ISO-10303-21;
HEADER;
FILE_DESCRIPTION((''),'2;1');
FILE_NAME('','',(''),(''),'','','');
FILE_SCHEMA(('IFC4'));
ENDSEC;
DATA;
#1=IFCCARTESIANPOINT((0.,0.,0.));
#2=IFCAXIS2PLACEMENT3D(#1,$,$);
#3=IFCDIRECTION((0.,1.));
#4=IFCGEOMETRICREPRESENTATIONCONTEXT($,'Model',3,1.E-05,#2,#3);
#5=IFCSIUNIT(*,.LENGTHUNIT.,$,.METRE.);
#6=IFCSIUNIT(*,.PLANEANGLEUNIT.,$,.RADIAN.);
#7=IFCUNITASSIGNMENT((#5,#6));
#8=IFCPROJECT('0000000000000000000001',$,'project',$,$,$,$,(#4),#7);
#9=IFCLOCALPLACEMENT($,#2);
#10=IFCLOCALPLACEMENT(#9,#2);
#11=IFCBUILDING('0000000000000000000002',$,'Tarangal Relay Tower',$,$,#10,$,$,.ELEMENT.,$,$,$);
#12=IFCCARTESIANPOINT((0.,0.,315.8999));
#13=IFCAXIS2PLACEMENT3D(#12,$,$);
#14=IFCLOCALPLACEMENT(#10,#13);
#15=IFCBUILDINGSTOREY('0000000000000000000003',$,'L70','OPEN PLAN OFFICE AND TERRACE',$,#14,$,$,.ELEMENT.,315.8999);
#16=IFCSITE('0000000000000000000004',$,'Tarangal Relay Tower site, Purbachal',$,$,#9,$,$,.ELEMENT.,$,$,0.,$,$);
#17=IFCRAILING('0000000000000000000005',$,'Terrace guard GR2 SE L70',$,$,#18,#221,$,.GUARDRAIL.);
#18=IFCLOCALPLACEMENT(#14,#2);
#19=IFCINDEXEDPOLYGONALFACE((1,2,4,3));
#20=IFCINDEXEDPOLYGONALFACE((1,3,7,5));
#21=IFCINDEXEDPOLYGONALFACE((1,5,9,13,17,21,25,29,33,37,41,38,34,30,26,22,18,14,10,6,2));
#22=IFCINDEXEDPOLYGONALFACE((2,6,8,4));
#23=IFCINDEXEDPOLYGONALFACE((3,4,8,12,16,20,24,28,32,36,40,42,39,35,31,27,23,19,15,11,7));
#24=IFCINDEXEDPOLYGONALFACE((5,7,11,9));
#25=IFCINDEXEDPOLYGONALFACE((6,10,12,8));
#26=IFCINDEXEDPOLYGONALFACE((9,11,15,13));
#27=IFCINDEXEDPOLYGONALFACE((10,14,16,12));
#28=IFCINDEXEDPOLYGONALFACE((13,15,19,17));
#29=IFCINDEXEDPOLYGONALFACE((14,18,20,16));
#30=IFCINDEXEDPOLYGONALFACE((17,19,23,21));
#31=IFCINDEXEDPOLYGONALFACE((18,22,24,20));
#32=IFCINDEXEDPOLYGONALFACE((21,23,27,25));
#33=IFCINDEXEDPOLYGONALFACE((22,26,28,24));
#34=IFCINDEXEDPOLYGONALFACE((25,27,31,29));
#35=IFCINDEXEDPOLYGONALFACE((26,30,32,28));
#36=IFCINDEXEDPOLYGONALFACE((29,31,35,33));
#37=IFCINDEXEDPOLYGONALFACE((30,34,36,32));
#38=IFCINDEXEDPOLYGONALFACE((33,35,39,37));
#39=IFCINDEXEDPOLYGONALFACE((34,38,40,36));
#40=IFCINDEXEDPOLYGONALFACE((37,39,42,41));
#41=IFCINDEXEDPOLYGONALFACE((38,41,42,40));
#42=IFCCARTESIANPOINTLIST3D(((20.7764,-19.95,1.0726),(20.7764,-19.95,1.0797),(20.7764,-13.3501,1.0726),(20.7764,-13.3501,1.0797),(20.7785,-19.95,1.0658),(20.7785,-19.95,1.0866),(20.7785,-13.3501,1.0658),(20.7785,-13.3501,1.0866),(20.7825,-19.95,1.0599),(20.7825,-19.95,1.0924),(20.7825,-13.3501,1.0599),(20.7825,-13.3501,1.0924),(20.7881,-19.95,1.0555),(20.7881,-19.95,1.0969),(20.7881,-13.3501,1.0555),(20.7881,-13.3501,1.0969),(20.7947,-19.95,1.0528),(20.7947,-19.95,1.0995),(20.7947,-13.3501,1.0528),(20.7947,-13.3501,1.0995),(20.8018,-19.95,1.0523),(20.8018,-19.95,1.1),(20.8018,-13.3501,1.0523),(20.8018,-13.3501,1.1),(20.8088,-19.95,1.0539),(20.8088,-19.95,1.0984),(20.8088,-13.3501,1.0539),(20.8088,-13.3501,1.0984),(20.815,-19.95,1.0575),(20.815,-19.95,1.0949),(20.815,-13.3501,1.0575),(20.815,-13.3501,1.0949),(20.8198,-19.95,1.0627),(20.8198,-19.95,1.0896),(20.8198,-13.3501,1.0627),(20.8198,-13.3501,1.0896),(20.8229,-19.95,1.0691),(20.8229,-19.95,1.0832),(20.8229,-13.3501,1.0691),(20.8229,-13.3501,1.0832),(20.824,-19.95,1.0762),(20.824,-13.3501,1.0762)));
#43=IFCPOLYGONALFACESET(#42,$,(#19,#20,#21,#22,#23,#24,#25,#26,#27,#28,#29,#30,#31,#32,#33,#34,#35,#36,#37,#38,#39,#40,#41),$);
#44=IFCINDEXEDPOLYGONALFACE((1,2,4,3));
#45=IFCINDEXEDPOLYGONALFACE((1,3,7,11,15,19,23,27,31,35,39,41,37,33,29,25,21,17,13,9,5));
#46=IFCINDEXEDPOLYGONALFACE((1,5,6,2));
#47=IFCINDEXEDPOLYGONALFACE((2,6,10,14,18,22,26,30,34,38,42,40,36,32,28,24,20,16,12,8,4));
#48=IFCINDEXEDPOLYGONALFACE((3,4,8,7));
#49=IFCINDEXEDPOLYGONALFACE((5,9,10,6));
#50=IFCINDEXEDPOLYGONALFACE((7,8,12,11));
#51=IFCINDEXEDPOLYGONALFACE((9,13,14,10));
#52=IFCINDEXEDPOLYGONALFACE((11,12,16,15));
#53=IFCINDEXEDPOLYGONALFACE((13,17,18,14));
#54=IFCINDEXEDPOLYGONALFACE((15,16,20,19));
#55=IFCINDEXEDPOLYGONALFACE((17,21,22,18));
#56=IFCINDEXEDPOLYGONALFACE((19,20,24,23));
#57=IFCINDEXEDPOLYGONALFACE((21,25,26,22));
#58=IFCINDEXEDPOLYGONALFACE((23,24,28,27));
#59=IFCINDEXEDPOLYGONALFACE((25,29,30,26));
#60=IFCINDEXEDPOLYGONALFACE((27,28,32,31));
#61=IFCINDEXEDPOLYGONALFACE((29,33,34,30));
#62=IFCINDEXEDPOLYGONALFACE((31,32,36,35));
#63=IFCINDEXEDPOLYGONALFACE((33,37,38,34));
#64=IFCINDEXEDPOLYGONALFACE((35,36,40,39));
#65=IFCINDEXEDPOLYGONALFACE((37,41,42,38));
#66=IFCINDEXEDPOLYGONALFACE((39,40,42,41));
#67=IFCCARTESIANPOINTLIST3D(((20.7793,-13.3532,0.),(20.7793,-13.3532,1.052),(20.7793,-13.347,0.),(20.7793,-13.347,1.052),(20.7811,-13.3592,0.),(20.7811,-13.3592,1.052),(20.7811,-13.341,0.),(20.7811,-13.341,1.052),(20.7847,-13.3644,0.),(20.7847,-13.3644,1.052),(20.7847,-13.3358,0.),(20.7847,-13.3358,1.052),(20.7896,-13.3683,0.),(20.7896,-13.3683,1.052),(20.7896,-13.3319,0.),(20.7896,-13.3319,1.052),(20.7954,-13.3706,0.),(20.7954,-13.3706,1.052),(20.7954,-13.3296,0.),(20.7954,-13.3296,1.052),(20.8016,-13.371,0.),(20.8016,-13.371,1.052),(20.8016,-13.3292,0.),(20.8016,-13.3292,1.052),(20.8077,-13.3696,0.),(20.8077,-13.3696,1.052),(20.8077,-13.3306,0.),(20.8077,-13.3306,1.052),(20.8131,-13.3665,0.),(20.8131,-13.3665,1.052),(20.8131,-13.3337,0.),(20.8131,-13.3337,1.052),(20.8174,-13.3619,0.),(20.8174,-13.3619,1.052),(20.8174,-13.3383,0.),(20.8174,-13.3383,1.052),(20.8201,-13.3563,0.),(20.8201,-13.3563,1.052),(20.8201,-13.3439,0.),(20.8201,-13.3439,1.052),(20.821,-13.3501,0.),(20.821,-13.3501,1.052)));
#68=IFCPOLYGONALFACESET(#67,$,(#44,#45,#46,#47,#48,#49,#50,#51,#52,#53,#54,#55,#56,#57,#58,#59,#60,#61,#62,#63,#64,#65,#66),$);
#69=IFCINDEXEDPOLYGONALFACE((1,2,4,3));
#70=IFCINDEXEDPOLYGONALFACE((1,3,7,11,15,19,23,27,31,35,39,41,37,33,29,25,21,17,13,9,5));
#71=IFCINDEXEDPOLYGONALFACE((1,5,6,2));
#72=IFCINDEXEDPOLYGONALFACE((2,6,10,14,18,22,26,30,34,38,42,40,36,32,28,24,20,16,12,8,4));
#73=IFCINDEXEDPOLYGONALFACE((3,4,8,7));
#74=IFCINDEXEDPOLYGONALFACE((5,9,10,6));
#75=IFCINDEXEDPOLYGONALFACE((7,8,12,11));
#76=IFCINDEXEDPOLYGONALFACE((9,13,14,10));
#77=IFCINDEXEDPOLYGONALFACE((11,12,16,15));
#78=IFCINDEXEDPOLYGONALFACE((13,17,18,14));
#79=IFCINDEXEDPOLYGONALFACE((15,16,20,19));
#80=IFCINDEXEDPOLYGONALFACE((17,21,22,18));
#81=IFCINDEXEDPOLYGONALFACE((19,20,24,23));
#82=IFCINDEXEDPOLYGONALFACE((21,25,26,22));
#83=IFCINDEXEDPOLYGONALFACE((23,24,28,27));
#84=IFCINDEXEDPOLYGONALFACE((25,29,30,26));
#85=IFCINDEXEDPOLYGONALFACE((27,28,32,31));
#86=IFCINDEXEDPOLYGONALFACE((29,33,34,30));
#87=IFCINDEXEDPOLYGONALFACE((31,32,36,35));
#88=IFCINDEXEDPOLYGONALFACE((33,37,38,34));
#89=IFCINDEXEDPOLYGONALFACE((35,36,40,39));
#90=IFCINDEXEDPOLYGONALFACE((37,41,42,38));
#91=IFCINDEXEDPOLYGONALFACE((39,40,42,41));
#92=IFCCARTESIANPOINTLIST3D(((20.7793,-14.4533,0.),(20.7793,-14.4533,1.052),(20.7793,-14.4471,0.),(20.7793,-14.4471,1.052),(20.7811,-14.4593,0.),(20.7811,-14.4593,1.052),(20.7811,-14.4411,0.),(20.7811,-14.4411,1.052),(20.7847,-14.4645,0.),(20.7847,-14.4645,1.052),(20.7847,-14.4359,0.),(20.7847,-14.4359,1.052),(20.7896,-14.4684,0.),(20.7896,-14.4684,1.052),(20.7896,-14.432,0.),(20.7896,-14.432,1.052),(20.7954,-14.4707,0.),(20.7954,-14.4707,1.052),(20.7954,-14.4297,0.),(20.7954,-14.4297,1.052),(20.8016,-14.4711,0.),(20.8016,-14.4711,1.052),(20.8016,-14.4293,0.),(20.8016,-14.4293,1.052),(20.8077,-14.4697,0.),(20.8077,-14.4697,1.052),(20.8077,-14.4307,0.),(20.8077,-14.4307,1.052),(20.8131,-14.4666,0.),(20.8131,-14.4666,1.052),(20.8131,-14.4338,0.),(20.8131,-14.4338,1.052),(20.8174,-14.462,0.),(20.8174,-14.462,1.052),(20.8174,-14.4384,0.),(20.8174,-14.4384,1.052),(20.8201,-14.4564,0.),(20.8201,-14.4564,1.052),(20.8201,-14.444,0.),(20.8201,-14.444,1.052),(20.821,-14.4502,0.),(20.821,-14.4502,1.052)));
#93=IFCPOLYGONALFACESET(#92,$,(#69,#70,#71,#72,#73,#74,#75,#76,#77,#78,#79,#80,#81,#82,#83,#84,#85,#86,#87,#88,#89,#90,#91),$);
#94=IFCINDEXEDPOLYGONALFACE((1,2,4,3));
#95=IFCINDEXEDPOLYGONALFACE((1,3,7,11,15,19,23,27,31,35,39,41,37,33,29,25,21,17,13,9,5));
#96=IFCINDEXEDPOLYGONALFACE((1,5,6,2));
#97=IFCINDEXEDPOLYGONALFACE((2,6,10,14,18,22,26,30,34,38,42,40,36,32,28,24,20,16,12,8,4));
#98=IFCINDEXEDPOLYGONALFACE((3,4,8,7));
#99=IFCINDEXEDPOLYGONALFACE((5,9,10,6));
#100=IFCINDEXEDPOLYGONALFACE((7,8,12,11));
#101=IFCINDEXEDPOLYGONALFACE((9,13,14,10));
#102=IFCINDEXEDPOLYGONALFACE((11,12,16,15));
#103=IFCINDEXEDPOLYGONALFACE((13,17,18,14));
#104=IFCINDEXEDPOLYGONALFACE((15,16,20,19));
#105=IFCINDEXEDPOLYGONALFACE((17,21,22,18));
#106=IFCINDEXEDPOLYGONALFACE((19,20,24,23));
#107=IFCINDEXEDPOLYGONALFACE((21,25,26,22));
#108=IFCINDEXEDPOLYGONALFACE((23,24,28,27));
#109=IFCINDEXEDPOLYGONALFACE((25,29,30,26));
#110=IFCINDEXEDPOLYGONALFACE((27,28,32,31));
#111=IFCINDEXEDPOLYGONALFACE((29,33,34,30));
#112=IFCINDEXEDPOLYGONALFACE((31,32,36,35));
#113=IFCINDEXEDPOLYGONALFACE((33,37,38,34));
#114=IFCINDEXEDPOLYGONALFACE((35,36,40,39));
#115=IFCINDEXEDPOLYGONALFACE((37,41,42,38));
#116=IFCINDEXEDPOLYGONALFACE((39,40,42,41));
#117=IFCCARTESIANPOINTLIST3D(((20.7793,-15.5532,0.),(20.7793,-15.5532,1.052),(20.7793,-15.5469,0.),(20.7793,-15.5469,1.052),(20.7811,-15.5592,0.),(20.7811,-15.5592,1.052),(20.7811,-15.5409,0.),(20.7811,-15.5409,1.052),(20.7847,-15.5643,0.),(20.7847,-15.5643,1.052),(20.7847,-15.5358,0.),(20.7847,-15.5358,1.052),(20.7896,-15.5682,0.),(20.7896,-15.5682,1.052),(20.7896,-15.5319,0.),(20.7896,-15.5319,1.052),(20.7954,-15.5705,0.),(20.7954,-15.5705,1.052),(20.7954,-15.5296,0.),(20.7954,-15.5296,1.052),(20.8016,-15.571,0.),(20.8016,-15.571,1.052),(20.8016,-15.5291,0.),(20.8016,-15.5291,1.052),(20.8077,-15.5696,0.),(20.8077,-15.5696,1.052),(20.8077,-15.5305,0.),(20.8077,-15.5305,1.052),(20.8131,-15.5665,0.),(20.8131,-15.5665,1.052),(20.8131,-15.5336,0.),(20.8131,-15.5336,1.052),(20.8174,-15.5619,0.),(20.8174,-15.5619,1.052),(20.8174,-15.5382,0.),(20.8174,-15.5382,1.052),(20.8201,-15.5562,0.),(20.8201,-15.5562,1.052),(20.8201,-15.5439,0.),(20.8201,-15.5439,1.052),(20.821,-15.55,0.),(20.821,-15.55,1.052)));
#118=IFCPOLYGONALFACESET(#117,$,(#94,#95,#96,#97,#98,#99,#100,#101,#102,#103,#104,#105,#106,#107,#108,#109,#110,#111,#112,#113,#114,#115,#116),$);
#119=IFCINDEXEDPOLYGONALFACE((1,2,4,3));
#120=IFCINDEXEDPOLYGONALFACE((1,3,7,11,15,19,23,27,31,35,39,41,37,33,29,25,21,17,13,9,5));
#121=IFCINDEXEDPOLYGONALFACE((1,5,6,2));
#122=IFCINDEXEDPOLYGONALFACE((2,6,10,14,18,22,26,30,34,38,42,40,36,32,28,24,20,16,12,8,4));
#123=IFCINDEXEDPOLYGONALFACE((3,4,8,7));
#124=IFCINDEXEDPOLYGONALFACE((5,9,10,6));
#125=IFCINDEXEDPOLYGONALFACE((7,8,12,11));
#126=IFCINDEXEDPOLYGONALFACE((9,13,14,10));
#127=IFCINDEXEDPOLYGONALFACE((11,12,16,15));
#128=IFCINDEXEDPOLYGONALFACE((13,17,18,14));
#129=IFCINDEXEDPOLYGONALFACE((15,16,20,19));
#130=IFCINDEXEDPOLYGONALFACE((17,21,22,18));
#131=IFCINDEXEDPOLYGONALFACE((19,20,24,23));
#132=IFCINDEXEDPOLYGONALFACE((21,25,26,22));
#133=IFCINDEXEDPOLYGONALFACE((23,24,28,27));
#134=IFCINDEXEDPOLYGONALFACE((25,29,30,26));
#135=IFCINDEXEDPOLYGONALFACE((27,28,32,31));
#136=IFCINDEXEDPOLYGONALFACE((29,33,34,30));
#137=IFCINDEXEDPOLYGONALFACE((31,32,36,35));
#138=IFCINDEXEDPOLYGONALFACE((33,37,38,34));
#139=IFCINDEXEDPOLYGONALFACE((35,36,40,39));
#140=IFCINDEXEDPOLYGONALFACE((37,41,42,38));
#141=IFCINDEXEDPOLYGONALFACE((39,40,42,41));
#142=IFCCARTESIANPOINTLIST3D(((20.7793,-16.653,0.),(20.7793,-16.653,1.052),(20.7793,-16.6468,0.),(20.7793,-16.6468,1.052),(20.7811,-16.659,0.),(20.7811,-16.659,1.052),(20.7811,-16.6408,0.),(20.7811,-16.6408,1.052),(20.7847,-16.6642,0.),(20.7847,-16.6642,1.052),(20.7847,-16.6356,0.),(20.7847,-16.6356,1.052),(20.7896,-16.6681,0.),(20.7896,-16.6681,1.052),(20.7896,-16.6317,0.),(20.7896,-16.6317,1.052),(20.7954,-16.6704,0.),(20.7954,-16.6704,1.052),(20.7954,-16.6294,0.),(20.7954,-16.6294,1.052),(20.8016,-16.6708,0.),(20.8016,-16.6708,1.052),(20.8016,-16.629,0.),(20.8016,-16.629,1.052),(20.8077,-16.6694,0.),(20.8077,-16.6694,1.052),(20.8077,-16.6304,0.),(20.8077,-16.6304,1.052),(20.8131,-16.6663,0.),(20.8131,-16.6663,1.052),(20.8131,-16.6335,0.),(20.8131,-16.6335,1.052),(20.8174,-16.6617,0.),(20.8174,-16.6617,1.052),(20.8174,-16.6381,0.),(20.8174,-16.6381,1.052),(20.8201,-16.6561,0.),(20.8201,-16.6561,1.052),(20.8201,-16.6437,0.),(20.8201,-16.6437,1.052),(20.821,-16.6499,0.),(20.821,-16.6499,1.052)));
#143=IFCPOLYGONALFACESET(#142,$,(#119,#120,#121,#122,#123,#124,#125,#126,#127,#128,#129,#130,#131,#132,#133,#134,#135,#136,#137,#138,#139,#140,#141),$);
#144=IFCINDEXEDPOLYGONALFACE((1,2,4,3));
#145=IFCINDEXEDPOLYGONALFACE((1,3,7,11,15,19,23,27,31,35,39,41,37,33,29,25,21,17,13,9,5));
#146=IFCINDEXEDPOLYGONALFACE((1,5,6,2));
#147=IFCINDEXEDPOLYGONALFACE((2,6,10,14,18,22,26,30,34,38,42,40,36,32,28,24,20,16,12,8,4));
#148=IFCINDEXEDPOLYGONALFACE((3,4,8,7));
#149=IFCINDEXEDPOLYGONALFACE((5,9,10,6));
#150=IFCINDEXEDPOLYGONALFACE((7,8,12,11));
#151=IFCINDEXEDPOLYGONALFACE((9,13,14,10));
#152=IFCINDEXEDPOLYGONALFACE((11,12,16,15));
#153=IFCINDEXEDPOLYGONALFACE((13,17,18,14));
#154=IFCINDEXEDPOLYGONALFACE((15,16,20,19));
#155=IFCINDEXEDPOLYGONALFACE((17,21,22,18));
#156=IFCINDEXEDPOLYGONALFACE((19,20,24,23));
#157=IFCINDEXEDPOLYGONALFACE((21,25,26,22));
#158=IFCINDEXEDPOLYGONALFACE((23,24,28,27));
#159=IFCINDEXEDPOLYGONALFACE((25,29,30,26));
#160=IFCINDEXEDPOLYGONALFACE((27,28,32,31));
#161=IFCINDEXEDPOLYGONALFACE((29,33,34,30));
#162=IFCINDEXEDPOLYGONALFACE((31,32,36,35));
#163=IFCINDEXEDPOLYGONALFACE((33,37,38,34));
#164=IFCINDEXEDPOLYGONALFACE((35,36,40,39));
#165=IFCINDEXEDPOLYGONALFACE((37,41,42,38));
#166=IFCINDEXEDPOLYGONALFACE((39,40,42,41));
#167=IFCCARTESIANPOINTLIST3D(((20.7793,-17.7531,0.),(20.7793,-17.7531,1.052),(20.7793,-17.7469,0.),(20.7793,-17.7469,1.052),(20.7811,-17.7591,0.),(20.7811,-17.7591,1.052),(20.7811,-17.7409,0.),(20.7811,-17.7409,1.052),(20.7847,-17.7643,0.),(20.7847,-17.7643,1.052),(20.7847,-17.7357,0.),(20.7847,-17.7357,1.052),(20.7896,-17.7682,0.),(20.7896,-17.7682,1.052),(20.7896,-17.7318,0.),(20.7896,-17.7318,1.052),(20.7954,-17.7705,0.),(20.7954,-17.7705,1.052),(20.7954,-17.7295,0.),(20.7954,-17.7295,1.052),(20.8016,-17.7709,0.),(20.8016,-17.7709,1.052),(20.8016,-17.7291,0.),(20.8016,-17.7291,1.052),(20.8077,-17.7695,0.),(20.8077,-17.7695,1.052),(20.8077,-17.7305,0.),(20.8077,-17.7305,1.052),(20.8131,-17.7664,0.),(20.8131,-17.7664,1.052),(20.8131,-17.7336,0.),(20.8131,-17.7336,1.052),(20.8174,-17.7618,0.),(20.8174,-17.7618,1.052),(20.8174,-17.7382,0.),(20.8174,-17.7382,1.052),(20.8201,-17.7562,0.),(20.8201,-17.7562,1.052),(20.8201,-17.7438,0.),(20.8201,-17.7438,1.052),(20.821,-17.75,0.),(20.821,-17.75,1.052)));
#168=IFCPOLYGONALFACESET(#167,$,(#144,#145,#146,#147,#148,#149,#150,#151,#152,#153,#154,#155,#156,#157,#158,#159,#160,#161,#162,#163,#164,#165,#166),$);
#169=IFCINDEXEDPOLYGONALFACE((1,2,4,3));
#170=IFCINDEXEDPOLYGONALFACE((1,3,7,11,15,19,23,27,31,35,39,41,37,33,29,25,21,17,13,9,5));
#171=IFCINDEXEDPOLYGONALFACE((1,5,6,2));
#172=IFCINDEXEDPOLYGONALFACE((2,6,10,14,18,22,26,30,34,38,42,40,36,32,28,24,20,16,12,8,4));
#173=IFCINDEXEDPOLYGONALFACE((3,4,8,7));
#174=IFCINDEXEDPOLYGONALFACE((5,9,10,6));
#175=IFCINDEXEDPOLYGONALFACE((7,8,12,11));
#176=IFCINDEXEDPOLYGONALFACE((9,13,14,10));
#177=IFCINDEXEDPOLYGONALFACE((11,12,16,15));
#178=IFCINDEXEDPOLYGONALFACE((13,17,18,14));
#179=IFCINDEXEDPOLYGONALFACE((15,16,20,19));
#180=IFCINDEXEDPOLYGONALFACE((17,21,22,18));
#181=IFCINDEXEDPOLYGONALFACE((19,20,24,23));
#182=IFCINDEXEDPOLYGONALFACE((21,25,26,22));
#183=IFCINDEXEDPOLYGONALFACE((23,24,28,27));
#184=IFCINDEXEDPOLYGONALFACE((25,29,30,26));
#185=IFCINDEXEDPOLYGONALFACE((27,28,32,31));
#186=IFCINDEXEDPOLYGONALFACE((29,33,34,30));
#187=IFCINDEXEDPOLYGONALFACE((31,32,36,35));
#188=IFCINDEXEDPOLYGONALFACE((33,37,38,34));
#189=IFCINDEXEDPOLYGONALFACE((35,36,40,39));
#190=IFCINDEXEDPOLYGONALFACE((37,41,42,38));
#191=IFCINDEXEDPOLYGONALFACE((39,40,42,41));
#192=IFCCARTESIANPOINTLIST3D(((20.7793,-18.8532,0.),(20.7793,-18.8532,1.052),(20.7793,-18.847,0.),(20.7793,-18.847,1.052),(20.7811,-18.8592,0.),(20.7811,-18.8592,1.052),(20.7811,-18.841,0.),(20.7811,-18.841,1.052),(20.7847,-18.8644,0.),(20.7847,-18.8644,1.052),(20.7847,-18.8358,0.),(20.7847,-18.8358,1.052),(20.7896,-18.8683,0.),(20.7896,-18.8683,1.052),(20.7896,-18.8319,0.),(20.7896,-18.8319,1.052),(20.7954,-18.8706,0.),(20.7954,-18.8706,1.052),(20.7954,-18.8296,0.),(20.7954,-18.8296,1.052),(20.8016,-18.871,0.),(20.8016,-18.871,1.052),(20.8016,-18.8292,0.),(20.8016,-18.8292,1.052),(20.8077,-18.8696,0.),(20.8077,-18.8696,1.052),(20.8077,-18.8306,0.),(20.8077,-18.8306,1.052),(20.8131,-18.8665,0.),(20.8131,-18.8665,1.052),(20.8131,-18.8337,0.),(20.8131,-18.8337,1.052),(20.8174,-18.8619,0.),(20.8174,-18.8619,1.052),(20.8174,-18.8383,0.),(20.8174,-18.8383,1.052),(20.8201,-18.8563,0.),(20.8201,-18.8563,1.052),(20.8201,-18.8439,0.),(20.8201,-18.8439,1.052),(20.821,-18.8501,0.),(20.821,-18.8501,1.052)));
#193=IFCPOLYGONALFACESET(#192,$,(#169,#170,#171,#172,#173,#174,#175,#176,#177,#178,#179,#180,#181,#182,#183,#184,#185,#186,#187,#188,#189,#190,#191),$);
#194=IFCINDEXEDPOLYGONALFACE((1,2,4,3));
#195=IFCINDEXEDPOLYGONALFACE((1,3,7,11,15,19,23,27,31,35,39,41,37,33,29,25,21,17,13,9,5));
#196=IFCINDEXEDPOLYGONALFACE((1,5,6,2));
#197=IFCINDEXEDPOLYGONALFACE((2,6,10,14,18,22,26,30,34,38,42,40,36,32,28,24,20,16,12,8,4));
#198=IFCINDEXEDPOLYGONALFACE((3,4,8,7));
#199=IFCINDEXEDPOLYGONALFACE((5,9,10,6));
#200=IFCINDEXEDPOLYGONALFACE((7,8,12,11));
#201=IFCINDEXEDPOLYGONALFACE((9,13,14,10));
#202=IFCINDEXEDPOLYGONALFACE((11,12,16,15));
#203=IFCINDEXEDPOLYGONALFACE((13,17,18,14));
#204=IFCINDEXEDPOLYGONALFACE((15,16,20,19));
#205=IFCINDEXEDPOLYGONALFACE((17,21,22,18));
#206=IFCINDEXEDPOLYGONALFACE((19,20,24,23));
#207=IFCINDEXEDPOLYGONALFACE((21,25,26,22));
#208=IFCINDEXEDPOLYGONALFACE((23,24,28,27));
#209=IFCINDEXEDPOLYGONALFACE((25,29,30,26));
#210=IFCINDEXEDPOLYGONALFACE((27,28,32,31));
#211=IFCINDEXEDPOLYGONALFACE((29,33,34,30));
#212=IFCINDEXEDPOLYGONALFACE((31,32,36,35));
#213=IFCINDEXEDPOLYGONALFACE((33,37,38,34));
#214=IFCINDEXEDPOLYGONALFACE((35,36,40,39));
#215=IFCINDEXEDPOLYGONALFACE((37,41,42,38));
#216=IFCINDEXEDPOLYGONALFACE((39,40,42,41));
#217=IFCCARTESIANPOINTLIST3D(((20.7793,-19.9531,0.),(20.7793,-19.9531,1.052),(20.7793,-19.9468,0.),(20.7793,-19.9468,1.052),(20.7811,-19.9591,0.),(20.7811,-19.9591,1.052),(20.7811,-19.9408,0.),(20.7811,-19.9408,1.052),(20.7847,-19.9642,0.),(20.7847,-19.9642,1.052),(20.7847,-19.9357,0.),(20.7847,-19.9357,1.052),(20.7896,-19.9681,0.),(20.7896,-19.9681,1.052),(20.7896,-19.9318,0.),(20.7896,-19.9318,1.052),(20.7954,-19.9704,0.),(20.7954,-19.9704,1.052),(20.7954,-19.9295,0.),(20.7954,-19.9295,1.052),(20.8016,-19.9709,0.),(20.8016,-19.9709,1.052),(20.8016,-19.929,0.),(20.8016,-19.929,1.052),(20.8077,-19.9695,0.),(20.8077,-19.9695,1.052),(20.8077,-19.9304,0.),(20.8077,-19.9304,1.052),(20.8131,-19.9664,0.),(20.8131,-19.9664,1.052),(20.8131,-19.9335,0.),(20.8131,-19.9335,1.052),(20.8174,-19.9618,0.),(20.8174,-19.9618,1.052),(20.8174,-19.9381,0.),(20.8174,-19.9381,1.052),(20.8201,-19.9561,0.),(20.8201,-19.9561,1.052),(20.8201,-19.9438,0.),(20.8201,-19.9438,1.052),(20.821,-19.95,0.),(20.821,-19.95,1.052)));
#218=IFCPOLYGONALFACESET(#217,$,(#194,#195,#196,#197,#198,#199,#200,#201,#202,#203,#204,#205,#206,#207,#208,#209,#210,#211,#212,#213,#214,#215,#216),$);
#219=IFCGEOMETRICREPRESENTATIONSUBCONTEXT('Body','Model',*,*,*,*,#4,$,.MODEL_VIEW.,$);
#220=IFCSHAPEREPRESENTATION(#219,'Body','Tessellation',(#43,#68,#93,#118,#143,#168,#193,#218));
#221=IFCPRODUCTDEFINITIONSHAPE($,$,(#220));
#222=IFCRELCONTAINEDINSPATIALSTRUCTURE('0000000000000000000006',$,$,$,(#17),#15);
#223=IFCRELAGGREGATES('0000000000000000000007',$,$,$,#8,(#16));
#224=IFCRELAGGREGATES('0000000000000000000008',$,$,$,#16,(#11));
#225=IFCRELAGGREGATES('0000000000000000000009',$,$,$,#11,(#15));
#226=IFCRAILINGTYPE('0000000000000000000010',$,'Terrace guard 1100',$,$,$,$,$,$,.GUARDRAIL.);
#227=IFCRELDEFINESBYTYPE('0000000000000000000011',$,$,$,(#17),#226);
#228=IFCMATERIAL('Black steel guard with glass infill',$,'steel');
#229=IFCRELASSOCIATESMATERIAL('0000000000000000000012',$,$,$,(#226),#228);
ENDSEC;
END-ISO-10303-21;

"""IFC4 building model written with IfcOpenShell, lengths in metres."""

from ifc_helpers import new_model, si_unit, direction, frame, origin, origin_2d, place, context, subcontext, project, spatial, circle, extrude, material, type_object, element, save


model = new_model("IFC4")

# Units and contexts
model_context = context("Model", 3, precision=1e-05, world=origin(), true_north=direction((0.0, 1.0)))
body_context = subcontext(model_context, "Body", "Model", "MODEL_VIEW")
ifc_project = project(units=[si_unit("LENGTHUNIT", "METRE"), si_unit("PLANEANGLEUNIT", "RADIAN")], contexts=[model_context])

# Site, building, storey
site_placement = place(None, origin())
site = spatial("IfcSite", under=ifc_project, at=site_placement, Name="Tarangal Relay Tower site, Purbachal", CompositionType="ELEMENT", RefElevation=0.0)
building_placement = place(site_placement, origin())
building = spatial("IfcBuilding", under=site, at=building_placement, Name="Tarangal Relay Tower", CompositionType="ELEMENT")
storey_placement = place(building_placement, frame((0.0, 0.0, 315.8999)))
storey = spatial("IfcBuildingStorey", under=building, at=storey_placement, Name="L70", Description="OPEN PLAN OFFICE AND TERRACE", CompositionType="ELEMENT", Elevation=315.8999)

# Railing
ifc_material_1 = material(Name="Black steel guard with glass infill", Category="steel")
railing_type = type_object("IfcRailingType", Name="Terrace guard 1100", PredefinedType="GUARDRAIL", material=ifc_material_1)
railing_1_placement = place(storey_placement, frame((20.8, -13.3501, 0.0)))
element("IfcRailing", 1, at=railing_1_placement, inside=storey, type_object=railing_type, Name="Terrace guard GR2 SE L70", PredefinedType="GUARDRAIL", context=body_context, shape_type="SweptSolid", body=[
    extrude(circle(Radius=0.0239, at=origin_2d()), frame((0.0, 0.0, 1.0762), z_axis=(0.0, -1.0, 0.0), x_axis=(1.0, 0.0, 0.0)), (0.0, 0.0, 1.0), 6.5999),
    extrude(circle(Radius=0.021, at=origin_2d()), origin(), (0.0, 0.0, 1.0), 1.052),
    extrude(circle(Radius=0.021, at=origin_2d()), frame((0.0, -1.1001, 0.0)), (0.0, 0.0, 1.0), 1.052),
    extrude(circle(Radius=0.021, at=origin_2d()), frame((0.0, -2.2, 0.0)), (0.0, 0.0, 1.0), 1.052),
    extrude(circle(Radius=0.021, at=origin_2d()), frame((0.0, -3.2998, 0.0)), (0.0, 0.0, 1.0), 1.052),
    extrude(circle(Radius=0.021, at=origin_2d()), frame((0.0, -4.3999, 0.0)), (0.0, 0.0, 1.0), 1.052),
    extrude(circle(Radius=0.021, at=origin_2d()), frame((0.0, -5.5, 0.0)), (0.0, 0.0, 1.0), 1.052),
    extrude(circle(Radius=0.021, at=origin_2d()), frame((0.0, -6.5999, 0.0)), (0.0, 0.0, 1.0), 1.052),
])

save(model, "model.ifc")
